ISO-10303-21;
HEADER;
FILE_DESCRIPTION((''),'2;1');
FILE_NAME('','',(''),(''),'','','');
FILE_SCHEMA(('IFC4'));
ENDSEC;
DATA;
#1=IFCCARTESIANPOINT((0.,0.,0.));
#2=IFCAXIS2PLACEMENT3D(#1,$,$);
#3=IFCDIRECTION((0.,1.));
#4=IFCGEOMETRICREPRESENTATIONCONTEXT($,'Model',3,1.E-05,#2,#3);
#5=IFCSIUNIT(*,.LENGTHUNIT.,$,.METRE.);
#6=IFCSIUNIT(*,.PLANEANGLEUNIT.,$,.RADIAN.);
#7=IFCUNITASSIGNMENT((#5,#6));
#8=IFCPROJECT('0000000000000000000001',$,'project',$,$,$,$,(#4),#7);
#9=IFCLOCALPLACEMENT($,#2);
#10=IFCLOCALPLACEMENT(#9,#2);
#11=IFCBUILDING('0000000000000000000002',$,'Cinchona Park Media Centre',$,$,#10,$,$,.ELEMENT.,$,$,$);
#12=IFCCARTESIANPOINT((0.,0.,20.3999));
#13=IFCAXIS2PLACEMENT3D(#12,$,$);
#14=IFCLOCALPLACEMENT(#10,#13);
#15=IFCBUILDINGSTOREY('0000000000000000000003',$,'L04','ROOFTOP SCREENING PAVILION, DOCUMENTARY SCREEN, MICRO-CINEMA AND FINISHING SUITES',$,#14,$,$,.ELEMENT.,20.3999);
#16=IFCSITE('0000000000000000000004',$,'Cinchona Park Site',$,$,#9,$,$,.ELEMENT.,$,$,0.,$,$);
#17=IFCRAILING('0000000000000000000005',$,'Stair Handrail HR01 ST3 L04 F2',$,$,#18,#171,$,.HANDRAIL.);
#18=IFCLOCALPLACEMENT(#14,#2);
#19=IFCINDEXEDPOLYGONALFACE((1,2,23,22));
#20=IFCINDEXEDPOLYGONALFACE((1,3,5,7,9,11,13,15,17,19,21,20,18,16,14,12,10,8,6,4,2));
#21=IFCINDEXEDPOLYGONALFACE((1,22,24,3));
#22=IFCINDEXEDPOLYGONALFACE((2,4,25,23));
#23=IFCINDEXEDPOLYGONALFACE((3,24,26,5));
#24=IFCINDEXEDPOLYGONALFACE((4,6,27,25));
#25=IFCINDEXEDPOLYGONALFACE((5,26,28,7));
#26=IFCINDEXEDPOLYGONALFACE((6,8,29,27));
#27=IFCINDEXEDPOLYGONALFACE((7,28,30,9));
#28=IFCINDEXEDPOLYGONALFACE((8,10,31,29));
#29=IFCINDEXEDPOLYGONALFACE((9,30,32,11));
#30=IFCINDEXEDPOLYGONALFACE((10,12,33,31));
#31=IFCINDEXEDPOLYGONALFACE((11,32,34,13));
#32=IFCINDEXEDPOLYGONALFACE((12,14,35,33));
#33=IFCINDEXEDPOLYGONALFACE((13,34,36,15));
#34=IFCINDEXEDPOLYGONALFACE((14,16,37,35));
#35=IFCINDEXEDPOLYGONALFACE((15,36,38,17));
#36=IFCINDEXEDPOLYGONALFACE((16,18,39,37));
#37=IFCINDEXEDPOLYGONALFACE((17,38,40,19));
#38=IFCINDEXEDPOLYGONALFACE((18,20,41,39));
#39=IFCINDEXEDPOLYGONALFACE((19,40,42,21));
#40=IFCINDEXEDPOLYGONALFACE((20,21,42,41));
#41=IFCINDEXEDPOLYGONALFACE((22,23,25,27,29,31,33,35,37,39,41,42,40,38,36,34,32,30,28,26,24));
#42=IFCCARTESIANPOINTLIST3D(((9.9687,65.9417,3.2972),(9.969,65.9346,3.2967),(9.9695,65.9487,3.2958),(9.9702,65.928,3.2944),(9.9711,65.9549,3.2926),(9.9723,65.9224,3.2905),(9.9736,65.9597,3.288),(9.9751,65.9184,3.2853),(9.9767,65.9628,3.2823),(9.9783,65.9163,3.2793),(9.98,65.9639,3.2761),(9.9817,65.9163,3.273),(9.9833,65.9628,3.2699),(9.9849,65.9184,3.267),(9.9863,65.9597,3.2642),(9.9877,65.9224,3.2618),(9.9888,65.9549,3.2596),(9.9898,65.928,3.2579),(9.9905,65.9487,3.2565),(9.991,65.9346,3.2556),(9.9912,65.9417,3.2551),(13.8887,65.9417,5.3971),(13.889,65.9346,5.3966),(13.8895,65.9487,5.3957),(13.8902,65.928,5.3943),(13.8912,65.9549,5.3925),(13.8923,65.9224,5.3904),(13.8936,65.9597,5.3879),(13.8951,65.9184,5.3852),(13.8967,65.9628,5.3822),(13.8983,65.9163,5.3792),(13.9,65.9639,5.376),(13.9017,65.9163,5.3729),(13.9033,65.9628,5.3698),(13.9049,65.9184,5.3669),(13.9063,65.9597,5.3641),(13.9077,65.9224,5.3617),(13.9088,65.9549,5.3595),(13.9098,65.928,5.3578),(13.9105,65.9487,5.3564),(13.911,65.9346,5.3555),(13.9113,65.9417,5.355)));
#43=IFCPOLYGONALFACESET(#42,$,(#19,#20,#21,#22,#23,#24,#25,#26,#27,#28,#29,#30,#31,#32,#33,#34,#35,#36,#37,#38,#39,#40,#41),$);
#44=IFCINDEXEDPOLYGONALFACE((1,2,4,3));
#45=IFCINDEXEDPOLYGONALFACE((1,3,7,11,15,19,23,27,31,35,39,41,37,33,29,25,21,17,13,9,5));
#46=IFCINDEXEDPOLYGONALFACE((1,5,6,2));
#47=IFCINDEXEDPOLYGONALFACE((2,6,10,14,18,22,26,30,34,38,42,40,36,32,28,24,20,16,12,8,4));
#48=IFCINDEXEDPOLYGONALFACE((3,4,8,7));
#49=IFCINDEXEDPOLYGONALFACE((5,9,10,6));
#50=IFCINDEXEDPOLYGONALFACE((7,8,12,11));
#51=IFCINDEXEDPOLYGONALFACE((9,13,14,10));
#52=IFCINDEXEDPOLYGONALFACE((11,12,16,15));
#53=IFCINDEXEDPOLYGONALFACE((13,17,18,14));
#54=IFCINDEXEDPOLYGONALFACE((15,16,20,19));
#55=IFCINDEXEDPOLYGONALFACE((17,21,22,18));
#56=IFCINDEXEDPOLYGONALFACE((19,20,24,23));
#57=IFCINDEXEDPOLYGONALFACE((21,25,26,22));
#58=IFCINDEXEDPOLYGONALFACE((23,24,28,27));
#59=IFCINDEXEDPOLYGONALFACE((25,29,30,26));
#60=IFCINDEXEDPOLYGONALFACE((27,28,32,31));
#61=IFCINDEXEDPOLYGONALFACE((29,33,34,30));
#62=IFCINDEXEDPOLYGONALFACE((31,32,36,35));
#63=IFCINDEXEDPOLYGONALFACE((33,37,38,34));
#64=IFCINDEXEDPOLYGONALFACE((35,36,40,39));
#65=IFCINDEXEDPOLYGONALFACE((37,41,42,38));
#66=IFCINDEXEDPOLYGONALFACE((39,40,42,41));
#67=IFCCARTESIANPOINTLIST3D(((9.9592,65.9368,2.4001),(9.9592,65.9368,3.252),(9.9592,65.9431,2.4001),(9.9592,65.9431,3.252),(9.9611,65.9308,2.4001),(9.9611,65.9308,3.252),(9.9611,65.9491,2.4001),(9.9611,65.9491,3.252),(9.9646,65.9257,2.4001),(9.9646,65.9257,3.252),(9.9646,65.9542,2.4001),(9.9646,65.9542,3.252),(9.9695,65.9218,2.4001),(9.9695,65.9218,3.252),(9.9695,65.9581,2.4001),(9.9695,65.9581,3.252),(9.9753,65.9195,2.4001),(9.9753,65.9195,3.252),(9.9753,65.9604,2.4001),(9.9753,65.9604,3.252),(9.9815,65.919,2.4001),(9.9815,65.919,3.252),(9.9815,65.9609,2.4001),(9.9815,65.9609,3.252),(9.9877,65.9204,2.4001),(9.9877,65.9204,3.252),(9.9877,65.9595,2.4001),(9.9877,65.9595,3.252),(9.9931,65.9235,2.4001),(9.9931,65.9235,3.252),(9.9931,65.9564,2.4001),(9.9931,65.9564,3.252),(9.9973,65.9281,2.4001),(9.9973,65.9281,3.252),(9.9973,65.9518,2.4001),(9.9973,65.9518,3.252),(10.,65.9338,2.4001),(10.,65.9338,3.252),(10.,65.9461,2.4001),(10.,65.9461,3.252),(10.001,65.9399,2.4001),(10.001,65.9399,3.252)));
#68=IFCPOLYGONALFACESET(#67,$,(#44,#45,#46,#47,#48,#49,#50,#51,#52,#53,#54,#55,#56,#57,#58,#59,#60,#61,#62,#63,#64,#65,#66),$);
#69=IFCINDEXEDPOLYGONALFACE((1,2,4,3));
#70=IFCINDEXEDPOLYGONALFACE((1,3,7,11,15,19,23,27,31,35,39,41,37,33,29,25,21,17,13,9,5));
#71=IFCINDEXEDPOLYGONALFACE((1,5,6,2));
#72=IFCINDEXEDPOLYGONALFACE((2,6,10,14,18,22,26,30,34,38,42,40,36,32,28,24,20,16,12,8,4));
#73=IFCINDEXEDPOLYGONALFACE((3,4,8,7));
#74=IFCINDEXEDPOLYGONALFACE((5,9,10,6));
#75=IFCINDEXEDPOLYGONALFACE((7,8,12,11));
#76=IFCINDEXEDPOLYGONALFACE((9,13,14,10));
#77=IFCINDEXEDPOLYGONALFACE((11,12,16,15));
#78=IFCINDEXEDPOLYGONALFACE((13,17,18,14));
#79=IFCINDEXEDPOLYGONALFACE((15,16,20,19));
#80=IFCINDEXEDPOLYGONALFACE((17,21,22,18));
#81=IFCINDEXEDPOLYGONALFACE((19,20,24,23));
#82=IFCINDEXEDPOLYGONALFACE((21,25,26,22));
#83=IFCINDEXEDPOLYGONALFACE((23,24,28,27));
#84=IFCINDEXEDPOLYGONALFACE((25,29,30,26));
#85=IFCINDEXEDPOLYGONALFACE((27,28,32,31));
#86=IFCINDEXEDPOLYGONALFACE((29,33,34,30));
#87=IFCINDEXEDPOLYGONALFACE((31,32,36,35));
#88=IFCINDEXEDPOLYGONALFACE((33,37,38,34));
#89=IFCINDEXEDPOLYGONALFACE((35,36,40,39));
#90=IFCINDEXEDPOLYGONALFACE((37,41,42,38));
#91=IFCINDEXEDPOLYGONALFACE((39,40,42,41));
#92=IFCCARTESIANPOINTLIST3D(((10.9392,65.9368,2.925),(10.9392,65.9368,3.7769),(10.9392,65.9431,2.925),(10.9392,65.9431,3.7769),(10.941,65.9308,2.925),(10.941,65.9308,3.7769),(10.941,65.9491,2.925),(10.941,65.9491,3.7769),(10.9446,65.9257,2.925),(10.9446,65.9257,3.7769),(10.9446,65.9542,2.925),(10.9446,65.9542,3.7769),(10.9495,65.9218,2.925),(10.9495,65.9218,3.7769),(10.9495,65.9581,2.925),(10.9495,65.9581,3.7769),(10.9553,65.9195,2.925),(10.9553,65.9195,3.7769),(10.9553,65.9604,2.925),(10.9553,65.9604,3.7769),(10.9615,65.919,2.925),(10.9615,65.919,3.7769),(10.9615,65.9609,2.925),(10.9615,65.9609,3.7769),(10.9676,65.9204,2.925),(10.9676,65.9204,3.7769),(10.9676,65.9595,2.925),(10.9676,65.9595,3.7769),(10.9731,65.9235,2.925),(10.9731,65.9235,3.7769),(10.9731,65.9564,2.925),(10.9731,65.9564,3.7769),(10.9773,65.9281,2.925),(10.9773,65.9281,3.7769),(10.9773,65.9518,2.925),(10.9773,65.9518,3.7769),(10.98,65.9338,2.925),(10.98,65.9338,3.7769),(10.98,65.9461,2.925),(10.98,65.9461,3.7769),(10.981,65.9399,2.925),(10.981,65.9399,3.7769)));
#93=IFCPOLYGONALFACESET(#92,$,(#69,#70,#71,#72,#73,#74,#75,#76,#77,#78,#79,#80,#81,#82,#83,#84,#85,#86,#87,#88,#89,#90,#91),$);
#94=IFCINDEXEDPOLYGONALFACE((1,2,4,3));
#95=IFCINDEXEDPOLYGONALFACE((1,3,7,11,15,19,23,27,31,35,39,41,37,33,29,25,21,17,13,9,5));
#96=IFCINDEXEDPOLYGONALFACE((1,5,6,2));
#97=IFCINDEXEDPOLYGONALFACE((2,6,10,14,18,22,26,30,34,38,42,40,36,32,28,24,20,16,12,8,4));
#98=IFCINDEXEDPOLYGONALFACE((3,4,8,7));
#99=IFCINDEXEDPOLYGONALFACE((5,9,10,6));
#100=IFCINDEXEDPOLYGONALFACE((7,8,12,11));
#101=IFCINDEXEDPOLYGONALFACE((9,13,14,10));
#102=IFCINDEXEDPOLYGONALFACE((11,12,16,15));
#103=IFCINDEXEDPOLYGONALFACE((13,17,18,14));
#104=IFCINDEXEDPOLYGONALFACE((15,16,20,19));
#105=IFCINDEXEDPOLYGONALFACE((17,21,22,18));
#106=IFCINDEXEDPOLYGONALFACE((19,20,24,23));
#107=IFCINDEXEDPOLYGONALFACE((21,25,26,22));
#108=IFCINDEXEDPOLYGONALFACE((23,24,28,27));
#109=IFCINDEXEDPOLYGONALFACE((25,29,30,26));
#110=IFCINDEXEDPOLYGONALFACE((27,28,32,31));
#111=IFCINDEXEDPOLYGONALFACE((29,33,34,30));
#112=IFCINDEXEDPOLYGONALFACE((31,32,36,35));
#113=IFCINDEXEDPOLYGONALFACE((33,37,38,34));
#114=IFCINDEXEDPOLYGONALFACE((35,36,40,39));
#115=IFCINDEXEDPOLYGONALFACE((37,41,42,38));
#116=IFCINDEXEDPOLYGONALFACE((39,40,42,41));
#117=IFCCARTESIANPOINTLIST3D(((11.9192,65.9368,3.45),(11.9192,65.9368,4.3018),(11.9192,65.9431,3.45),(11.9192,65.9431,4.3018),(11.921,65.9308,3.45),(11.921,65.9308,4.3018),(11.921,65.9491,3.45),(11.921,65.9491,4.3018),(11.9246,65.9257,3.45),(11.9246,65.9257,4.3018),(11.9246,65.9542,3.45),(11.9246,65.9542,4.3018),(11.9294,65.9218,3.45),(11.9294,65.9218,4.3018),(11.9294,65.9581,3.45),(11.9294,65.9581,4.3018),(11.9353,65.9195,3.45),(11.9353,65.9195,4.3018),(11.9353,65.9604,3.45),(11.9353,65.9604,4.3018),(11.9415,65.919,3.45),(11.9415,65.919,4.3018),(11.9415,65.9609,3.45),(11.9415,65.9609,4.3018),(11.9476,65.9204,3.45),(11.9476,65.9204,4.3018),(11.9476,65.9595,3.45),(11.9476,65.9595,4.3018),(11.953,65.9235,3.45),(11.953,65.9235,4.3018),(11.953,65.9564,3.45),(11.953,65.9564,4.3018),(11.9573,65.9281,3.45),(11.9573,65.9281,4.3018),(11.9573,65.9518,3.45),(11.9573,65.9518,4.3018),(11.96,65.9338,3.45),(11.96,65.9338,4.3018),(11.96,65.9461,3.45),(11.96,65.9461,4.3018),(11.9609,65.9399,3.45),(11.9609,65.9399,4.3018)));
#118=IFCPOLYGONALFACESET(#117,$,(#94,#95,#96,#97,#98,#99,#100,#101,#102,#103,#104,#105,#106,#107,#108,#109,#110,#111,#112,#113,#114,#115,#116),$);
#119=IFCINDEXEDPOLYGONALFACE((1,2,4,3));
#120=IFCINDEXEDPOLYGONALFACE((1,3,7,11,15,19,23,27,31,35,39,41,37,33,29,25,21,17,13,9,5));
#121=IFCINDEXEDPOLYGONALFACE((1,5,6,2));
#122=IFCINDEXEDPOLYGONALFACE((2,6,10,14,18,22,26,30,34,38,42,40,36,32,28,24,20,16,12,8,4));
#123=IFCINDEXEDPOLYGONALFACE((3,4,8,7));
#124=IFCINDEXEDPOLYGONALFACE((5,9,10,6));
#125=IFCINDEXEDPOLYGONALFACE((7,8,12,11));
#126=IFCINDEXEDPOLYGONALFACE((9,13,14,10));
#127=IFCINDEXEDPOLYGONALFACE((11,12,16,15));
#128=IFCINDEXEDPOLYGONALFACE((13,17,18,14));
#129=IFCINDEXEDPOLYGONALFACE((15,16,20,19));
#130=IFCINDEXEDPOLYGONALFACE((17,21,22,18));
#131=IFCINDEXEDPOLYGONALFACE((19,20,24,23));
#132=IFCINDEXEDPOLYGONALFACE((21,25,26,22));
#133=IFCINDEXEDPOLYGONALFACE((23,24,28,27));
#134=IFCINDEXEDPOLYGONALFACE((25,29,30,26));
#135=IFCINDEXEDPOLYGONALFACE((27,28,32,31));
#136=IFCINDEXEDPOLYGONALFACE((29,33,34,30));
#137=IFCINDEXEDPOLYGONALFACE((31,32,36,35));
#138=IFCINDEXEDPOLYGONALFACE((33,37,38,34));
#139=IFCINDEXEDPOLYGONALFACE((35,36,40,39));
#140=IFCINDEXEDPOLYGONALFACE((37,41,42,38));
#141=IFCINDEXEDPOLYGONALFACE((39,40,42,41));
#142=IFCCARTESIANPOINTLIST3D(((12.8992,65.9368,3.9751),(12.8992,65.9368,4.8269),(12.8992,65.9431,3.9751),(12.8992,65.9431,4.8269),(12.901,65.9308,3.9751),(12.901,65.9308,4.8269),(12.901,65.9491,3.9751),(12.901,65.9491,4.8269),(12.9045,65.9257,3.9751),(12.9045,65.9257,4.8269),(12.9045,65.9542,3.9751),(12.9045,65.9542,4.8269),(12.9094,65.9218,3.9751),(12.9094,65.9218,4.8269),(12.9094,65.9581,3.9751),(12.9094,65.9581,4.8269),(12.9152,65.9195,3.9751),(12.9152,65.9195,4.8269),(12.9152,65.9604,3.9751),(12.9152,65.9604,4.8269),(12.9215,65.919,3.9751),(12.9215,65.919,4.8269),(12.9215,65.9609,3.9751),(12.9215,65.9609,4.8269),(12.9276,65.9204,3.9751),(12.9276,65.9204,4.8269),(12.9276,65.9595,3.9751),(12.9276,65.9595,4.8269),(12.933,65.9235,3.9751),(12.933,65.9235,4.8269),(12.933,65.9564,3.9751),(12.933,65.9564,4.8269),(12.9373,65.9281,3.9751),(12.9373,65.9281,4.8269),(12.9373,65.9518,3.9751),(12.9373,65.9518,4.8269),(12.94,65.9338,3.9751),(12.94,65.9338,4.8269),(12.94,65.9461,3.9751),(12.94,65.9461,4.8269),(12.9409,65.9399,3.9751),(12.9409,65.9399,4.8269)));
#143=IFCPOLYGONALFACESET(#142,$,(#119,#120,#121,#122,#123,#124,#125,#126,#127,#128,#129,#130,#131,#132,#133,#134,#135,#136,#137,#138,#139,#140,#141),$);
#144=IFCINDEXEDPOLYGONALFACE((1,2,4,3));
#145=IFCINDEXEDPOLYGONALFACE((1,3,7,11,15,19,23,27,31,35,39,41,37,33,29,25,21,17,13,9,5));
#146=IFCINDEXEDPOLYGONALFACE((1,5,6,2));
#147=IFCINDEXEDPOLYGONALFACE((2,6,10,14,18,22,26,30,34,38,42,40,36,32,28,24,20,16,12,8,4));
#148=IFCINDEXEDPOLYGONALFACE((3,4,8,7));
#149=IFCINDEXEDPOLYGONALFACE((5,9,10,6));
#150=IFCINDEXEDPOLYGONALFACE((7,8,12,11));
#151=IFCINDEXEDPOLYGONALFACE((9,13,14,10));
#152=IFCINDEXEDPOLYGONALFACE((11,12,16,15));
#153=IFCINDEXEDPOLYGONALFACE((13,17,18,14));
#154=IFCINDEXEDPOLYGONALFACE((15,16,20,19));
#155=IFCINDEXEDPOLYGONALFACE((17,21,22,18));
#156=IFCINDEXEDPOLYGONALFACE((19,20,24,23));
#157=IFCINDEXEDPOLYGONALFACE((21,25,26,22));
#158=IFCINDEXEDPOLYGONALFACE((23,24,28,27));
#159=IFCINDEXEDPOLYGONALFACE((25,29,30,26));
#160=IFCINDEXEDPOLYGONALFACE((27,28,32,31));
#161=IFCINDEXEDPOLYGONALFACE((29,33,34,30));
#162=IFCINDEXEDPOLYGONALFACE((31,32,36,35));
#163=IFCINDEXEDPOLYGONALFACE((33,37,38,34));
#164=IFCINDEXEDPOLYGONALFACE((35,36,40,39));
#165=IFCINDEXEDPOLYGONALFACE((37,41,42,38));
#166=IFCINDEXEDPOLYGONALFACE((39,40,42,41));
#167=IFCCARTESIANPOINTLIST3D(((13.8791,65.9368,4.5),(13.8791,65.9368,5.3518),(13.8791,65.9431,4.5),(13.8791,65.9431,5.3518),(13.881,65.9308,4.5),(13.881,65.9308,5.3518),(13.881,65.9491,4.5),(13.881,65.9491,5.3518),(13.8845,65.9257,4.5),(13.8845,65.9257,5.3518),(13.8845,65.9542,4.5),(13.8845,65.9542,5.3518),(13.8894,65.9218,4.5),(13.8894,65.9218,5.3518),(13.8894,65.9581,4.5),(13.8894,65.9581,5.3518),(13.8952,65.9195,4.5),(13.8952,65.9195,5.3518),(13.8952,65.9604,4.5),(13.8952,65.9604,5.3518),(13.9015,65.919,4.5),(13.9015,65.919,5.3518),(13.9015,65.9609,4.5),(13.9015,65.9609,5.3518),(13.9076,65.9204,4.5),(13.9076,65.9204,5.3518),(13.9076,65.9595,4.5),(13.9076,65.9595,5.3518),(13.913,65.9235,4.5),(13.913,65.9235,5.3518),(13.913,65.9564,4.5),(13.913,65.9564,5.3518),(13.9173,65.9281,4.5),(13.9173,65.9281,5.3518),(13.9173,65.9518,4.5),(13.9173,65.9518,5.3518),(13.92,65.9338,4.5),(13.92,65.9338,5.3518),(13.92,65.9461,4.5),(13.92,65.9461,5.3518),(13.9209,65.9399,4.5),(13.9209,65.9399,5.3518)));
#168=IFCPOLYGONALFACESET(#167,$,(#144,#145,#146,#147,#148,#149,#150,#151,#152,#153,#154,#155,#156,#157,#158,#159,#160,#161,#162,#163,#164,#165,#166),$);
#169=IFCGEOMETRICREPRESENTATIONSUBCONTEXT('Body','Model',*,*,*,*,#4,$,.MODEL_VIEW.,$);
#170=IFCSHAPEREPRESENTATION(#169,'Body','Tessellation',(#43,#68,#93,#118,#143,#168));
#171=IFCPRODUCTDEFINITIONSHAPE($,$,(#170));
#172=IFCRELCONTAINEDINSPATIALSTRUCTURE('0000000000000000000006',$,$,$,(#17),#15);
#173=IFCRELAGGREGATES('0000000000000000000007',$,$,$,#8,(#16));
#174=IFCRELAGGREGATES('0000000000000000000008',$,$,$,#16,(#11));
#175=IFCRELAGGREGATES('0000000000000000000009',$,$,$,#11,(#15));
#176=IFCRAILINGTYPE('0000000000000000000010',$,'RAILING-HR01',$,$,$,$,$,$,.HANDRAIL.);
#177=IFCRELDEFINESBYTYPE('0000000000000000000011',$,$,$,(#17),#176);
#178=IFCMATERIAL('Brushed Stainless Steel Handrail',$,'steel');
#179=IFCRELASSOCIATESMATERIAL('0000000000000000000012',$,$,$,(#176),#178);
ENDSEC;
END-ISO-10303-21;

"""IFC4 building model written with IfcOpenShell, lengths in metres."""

from ifc_helpers import new_model, si_unit, direction, frame, origin, origin_2d, place, context, subcontext, project, spatial, circle, extrude, material, type_object, element, save


model = new_model("IFC4")

# Units and contexts
model_context = context("Model", 3, precision=1e-05, world=origin(), true_north=direction((0.0, 1.0)))
body_context = subcontext(model_context, "Body", "Model", "MODEL_VIEW")
ifc_project = project(units=[si_unit("LENGTHUNIT", "METRE"), si_unit("PLANEANGLEUNIT", "RADIAN")], contexts=[model_context])

# Site, building, storey
site_placement = place(None, origin())
site = spatial("IfcSite", under=ifc_project, at=site_placement, Name="Cinchona Park Site", CompositionType="ELEMENT", RefElevation=0.0)
building_placement = place(site_placement, origin())
building = spatial("IfcBuilding", under=site, at=building_placement, Name="Cinchona Park Media Centre", CompositionType="ELEMENT")
storey_placement = place(building_placement, frame((0.0, 0.0, 20.3999)))
storey = spatial("IfcBuildingStorey", under=building, at=storey_placement, Name="L04", Description="ROOFTOP SCREENING PAVILION, DOCUMENTARY SCREEN, MICRO-CINEMA AND FINISHING SUITES", CompositionType="ELEMENT", Elevation=20.3999)

# Railing
ifc_material_1 = material(Name="Brushed Stainless Steel Handrail", Category="steel")
railing_type_1 = type_object("IfcRailingType", Name="RAILING-HR01", PredefinedType="HANDRAIL", material=ifc_material_1)
railing_1_placement = place(storey_placement, frame((9.98, 65.9399, 2.4001)))
element("IfcRailing", 1, at=railing_1_placement, inside=storey, type_object=railing_type_1, Name="Stair Handrail HR01 ST3 L04 F2", PredefinedType="HANDRAIL", context=body_context, shape_type="SweptSolid", body=[
    extrude(circle(Radius=0.0239, at=origin_2d()), frame((0.0, 0.0, 0.876), z_axis=(0.88149, 0.0, 0.472203), x_axis=(0.0, 1.0, 0.0)), (0.0, 0.0, 1.0), 4.447),
    extrude(circle(Radius=0.021, at=origin_2d()), origin(), (0.0, 0.0, 1.0), 0.8518),
    extrude(circle(Radius=0.021, at=origin_2d()), frame((0.98, 0.0, 0.5249)), (0.0, 0.0, 1.0), 0.8518),
    extrude(circle(Radius=0.021, at=origin_2d()), frame((1.96, 0.0, 1.0498)), (0.0, 0.0, 1.0), 0.8518),
    extrude(circle(Radius=0.021, at=origin_2d()), frame((2.9399, 0.0, 1.575)), (0.0, 0.0, 1.0), 0.8518),
    extrude(circle(Radius=0.021, at=origin_2d()), frame((3.9199, 0.0, 2.0999)), (0.0, 0.0, 1.0), 0.8518),
])

save(model, "model.ifc")
